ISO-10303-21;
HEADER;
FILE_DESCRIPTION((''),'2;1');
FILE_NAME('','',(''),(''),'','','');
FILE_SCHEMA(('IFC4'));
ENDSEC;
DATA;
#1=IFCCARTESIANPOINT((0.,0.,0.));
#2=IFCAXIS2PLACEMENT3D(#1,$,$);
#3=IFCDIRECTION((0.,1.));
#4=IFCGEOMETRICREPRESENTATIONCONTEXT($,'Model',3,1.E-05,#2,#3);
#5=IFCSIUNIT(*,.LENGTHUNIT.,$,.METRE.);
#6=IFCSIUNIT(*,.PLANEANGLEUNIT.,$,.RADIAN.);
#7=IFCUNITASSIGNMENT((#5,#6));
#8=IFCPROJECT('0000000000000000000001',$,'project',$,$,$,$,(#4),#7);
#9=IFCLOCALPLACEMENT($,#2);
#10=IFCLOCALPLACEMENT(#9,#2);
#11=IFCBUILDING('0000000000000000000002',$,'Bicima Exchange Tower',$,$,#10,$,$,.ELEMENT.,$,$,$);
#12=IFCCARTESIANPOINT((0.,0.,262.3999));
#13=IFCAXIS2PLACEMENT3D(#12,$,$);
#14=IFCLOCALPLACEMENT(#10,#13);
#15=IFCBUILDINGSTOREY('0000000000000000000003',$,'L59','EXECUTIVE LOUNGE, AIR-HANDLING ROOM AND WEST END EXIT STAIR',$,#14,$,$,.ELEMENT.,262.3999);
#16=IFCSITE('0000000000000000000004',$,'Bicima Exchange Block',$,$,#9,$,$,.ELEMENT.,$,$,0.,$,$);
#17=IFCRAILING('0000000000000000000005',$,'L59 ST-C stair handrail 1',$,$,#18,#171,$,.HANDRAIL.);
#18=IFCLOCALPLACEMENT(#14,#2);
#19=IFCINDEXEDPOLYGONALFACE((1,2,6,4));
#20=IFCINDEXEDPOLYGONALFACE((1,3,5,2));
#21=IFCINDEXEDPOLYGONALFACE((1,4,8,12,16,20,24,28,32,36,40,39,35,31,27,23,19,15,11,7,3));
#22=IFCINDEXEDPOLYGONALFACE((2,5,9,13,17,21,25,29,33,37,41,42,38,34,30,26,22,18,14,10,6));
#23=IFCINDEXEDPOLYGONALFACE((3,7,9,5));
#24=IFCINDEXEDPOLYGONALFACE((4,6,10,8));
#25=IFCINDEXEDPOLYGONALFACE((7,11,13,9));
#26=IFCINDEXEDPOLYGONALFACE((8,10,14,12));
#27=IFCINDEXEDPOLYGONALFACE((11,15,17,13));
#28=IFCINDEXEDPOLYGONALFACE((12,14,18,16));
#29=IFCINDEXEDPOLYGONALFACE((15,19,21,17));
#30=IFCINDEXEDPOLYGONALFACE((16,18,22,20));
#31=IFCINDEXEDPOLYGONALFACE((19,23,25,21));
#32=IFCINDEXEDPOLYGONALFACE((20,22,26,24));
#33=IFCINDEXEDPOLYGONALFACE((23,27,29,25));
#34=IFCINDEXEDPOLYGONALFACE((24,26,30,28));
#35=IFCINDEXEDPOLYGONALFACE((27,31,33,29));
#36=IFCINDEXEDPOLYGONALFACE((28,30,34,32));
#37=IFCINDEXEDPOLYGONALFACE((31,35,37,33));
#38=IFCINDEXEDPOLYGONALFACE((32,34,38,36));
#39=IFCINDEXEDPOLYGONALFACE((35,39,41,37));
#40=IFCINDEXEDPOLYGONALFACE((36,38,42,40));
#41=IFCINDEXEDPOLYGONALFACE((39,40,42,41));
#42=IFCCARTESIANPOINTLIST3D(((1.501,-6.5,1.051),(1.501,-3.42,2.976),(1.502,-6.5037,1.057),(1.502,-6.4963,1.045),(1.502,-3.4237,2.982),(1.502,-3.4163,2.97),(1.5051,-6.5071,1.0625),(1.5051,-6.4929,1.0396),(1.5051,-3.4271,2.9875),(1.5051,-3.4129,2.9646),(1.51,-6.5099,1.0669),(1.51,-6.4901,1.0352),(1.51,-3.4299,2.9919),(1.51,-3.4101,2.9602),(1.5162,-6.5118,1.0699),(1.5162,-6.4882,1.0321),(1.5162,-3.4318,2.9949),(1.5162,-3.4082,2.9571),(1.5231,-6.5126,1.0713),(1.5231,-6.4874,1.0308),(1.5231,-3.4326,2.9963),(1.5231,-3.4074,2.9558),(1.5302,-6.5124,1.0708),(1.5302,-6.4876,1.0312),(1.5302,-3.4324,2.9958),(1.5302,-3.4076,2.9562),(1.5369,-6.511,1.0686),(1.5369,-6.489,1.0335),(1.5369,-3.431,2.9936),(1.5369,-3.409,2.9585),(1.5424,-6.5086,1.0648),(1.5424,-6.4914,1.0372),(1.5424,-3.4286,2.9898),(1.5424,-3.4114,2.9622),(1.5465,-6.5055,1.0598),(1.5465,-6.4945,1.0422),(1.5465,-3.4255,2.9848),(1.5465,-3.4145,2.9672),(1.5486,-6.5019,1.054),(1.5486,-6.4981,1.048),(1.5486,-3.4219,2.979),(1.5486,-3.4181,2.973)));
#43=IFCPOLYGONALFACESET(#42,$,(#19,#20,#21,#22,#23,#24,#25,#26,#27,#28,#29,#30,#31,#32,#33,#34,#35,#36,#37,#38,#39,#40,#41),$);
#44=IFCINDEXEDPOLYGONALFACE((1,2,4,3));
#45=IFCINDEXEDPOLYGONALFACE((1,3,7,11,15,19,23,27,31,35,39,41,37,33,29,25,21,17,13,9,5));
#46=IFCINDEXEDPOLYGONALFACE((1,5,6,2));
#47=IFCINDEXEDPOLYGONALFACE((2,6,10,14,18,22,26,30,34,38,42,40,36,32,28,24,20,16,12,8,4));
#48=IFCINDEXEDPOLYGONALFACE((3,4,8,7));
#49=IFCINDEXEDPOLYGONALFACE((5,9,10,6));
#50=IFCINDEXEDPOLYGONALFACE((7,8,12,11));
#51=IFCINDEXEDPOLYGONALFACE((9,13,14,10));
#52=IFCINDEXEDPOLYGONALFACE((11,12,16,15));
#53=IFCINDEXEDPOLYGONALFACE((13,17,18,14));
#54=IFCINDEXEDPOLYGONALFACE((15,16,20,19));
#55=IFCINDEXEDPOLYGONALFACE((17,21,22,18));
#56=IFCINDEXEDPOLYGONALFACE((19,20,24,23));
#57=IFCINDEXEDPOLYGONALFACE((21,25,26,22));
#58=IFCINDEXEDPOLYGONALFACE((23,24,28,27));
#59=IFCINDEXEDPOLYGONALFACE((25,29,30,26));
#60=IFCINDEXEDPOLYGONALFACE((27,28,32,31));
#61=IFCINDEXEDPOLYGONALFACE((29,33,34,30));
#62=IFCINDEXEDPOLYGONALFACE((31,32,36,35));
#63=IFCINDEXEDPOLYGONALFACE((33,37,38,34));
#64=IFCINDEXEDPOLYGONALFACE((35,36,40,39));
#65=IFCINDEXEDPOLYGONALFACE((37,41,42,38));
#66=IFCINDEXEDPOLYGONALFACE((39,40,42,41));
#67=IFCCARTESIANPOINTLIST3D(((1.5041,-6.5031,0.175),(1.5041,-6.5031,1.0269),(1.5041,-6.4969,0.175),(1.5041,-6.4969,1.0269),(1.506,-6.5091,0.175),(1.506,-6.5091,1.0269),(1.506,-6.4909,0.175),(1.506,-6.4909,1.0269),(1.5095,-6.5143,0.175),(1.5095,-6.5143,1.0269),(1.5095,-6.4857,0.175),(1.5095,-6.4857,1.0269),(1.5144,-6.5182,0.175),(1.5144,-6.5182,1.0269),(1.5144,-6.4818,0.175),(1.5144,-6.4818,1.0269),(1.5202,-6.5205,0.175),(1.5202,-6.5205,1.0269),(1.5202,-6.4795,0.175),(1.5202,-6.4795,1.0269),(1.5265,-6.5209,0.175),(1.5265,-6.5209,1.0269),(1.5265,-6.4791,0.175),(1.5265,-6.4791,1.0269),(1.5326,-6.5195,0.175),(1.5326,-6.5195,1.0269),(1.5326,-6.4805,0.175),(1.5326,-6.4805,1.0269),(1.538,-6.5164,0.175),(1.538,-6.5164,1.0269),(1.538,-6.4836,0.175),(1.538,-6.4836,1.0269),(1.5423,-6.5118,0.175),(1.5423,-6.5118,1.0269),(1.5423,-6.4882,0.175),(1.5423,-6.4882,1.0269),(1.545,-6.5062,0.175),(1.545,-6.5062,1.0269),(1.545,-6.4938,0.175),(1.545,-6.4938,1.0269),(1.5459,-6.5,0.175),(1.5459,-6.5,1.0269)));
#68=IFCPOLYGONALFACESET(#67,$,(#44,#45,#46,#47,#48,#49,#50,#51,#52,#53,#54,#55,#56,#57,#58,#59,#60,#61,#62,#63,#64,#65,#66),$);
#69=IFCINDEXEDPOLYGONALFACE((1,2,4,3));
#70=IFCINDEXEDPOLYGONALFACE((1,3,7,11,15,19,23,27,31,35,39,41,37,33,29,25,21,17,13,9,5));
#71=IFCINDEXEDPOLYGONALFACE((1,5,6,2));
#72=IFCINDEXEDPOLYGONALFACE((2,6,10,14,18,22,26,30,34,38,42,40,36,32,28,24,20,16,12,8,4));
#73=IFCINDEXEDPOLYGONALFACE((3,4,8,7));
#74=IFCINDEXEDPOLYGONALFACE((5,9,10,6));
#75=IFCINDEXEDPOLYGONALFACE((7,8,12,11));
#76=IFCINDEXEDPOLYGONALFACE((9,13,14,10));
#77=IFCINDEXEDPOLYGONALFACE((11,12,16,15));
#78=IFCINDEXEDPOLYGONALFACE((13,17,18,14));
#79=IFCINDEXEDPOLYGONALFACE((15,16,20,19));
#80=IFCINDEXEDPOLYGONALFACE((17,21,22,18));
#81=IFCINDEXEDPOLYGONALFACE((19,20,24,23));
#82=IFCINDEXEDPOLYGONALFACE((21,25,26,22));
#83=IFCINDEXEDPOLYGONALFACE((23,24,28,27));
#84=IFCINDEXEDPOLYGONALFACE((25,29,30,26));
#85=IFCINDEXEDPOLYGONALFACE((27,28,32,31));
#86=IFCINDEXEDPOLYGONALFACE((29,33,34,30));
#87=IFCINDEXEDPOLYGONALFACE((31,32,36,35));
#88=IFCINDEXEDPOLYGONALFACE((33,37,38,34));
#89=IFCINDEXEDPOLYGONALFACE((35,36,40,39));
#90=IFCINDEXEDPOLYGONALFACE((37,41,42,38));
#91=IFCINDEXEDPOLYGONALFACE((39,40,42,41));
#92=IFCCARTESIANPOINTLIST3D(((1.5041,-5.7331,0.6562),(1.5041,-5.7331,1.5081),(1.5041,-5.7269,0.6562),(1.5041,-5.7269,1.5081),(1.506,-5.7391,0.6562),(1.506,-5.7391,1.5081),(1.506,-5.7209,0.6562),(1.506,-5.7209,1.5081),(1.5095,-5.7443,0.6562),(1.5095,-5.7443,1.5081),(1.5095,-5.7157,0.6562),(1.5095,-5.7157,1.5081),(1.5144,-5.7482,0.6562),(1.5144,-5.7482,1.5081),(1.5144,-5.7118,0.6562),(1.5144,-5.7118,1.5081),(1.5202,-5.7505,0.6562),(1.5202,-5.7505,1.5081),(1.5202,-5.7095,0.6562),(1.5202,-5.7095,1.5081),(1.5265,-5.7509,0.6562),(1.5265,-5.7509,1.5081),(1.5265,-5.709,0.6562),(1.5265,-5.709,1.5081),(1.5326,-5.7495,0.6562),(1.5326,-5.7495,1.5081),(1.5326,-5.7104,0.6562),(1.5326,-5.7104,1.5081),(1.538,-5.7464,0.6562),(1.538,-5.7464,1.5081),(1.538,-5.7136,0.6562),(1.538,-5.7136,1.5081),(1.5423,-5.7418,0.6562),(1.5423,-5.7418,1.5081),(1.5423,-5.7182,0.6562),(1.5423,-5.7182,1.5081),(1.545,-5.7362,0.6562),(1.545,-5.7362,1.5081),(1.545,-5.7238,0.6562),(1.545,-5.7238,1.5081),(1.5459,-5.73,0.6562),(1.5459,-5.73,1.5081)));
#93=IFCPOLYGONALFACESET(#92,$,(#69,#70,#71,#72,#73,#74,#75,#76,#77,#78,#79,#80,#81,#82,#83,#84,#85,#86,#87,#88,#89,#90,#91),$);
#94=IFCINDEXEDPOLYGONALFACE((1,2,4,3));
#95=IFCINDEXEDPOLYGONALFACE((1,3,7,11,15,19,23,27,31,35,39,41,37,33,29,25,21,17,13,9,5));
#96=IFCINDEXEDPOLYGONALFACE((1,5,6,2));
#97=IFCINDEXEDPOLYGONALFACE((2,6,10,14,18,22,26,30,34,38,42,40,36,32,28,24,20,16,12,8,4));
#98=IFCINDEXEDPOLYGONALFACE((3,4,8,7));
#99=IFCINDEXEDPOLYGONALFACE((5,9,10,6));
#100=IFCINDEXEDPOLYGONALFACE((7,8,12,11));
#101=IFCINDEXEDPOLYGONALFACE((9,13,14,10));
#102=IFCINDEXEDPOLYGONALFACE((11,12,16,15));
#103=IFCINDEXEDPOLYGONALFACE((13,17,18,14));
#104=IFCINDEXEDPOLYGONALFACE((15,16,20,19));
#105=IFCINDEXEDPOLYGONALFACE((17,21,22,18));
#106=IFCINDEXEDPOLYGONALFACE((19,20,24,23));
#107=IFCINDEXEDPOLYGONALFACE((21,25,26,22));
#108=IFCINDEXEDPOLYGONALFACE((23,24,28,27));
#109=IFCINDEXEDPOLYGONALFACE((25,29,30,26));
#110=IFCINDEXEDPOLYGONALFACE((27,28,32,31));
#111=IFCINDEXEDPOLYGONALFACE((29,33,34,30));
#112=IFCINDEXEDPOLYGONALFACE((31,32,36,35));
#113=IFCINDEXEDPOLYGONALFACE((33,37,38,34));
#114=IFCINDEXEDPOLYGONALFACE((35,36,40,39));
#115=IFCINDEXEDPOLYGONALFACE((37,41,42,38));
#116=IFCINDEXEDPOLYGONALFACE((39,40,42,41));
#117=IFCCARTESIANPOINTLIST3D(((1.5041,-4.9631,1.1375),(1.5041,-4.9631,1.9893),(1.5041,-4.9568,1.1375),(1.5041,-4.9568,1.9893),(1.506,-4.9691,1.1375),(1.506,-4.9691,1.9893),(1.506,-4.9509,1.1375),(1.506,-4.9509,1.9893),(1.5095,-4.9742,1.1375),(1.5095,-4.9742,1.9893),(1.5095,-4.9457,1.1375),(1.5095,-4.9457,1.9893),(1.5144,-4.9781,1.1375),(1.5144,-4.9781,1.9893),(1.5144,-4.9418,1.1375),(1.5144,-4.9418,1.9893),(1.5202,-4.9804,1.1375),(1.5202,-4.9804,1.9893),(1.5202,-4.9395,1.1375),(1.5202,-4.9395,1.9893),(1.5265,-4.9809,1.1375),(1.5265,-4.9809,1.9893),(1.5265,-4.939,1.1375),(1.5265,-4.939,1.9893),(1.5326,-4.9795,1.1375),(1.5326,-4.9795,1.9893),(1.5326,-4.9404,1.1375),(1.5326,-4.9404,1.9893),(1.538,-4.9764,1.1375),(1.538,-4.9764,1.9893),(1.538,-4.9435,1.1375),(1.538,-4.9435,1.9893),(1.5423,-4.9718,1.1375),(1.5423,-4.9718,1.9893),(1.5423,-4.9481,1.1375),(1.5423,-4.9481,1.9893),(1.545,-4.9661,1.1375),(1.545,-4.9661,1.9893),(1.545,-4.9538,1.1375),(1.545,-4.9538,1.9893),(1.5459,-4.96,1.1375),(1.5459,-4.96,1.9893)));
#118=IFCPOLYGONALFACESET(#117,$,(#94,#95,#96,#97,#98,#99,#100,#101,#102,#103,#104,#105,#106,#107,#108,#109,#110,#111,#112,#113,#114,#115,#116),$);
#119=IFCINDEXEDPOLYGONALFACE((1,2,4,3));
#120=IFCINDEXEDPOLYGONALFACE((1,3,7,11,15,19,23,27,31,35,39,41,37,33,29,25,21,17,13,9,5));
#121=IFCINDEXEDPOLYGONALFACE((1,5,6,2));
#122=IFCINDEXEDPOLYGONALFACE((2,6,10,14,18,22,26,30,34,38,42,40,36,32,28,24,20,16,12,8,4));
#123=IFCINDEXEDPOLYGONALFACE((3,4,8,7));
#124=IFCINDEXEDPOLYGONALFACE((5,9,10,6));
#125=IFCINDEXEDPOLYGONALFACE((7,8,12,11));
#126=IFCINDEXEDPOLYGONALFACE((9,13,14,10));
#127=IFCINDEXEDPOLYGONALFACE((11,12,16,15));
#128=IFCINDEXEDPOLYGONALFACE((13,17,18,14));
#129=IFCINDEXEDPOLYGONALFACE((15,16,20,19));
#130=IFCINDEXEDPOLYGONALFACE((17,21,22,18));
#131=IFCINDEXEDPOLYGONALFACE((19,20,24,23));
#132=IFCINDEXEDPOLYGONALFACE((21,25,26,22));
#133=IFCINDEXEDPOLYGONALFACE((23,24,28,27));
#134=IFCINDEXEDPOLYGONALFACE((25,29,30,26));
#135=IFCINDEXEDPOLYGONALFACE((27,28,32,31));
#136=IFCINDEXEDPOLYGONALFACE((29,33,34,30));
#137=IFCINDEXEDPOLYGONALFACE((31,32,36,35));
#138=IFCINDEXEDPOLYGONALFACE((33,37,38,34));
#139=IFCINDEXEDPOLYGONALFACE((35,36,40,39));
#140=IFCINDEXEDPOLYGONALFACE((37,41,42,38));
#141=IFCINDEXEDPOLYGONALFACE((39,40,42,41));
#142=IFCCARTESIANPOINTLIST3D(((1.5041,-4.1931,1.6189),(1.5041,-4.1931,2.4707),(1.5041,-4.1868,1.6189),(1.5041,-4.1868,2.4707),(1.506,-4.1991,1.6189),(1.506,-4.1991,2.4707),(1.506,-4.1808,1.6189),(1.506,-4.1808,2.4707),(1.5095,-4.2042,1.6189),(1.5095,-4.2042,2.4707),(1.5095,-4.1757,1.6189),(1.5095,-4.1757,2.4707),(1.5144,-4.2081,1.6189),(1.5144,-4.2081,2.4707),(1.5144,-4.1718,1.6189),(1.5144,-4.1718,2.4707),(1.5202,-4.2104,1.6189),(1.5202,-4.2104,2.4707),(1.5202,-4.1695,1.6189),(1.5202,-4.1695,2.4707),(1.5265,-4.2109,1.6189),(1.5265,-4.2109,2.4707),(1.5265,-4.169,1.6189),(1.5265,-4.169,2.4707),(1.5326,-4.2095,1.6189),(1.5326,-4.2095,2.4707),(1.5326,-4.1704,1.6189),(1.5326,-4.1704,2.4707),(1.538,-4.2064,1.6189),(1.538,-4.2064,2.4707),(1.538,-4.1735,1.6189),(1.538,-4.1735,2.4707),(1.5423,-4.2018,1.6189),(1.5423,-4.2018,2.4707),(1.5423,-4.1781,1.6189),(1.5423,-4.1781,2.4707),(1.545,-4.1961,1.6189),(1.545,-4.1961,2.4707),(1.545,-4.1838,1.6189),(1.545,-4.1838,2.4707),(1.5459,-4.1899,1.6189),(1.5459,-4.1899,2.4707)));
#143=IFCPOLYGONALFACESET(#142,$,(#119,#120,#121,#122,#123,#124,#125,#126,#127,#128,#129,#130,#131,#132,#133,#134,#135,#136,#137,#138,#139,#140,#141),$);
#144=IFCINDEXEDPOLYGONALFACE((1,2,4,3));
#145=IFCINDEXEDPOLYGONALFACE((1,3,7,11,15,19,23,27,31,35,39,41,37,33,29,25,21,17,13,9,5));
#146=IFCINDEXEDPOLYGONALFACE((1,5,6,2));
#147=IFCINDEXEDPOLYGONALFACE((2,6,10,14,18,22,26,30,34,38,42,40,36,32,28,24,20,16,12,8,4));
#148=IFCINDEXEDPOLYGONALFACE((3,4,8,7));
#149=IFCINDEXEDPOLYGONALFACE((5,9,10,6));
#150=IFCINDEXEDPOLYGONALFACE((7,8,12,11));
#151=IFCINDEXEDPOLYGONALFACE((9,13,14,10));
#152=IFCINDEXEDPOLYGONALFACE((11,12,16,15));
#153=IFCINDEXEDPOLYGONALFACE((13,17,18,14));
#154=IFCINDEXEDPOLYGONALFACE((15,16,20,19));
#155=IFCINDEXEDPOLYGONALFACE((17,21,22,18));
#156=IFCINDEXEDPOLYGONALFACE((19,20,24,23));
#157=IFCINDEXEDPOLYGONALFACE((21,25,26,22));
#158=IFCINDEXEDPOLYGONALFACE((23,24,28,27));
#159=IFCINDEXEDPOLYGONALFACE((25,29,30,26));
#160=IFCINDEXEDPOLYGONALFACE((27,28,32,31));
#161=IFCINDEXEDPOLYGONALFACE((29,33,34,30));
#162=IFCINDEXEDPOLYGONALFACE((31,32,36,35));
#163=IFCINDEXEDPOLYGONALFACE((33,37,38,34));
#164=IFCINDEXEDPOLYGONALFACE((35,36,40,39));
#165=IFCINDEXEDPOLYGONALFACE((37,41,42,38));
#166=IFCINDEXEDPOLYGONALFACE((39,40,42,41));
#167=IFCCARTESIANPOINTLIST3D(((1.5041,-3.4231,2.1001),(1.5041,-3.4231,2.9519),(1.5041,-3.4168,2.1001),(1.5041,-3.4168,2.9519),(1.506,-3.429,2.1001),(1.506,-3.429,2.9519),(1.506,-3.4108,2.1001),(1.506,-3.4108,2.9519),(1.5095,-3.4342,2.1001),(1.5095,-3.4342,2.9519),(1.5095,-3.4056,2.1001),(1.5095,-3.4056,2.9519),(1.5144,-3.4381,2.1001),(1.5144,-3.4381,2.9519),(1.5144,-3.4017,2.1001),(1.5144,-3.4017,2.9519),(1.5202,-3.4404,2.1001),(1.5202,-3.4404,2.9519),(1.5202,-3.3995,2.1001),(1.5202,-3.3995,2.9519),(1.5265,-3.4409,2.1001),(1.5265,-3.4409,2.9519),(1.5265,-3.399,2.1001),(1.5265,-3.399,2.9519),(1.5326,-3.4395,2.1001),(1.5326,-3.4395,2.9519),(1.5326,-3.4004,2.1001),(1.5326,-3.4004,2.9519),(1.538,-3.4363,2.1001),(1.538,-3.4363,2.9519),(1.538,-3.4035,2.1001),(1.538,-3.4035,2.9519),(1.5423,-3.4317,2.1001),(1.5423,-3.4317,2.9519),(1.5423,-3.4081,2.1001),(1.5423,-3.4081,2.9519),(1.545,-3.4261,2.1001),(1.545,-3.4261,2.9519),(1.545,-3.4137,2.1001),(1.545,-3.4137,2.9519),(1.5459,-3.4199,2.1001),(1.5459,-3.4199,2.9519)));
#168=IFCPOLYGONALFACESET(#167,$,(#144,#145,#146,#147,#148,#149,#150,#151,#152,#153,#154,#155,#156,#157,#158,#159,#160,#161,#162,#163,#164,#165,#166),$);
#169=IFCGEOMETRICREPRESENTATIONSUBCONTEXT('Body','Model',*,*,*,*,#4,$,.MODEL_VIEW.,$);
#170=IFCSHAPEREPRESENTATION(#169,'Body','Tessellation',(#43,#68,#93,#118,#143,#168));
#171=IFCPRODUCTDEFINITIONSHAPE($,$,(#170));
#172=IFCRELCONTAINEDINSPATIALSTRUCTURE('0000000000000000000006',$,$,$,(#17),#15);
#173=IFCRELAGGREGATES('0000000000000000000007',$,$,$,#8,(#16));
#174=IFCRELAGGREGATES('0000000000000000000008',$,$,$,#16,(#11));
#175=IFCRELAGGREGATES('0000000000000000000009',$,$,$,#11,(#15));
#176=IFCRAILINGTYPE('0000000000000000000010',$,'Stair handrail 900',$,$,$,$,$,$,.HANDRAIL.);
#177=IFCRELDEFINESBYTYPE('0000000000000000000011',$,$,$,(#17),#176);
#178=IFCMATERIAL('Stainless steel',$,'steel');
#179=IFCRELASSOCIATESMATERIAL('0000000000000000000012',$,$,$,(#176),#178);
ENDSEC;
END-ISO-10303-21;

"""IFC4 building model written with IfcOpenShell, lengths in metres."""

from ifc_helpers import new_model, si_unit, direction, frame, origin, origin_2d, place, context, subcontext, project, spatial, circle, extrude, material, type_object, element, save


model = new_model("IFC4")

# Units and contexts
model_context = context("Model", 3, precision=1e-05, world=origin(), true_north=direction((0.0, 1.0)))
body_context = subcontext(model_context, "Body", "Model", "MODEL_VIEW")
ifc_project = project(units=[si_unit("LENGTHUNIT", "METRE"), si_unit("PLANEANGLEUNIT", "RADIAN")], contexts=[model_context])

# Site, building, storey
site_placement = place(None, origin())
site = spatial("IfcSite", under=ifc_project, at=site_placement, Name="Bicima Exchange Block", CompositionType="ELEMENT", RefElevation=0.0)
building_placement = place(site_placement, origin())
building = spatial("IfcBuilding", under=site, at=building_placement, Name="Bicima Exchange Tower", CompositionType="ELEMENT")
storey_placement = place(building_placement, frame((0.0, 0.0, 262.3999)))
storey = spatial("IfcBuildingStorey", under=building, at=storey_placement, Name="L59", Description="EXECUTIVE LOUNGE, AIR-HANDLING ROOM AND WEST END EXIT STAIR", CompositionType="ELEMENT", Elevation=262.3999)

# Shared definitions
ifc_material_1 = material(Name="Stainless steel", Category="steel")

# Railing
railing_type_1 = type_object("IfcRailingType", Name="Stair handrail 900", PredefinedType="HANDRAIL", material=ifc_material_1)
railing_1_placement = place(storey_placement, frame((1.5249, -6.5, 0.175)))
element("IfcRailing", 1, at=railing_1_placement, inside=storey, type_object=railing_type_1, Name="L59 ST-C stair handrail 1", PredefinedType="HANDRAIL", context=body_context, shape_type="SweptSolid", body=[
    extrude(circle(Radius=0.0239, at=origin_2d()), frame((0.0, 0.0, 0.876), z_axis=(0.0, 0.847998, 0.529999), x_axis=(-1.0, 0.0, 0.0)), (0.0, 0.0, 1.0), 3.6321),
    extrude(circle(Radius=0.021, at=origin_2d()), origin(), (0.0, 0.0, 1.0), 0.8518),
    extrude(circle(Radius=0.021, at=origin_2d()), frame((0.0, 0.77, 0.4812)), (0.0, 0.0, 1.0), 0.8518),
    extrude(circle(Radius=0.021, at=origin_2d()), frame((0.0, 1.54, 0.9624)), (0.0, 0.0, 1.0), 0.8518),
    extrude(circle(Radius=0.021, at=origin_2d()), frame((0.0, 2.3101, 1.4438)), (0.0, 0.0, 1.0), 0.8518),
    extrude(circle(Radius=0.021, at=origin_2d()), frame((0.0, 3.0801, 1.925)), (0.0, 0.0, 1.0), 0.8518),
])

save(model, "model.ifc")
